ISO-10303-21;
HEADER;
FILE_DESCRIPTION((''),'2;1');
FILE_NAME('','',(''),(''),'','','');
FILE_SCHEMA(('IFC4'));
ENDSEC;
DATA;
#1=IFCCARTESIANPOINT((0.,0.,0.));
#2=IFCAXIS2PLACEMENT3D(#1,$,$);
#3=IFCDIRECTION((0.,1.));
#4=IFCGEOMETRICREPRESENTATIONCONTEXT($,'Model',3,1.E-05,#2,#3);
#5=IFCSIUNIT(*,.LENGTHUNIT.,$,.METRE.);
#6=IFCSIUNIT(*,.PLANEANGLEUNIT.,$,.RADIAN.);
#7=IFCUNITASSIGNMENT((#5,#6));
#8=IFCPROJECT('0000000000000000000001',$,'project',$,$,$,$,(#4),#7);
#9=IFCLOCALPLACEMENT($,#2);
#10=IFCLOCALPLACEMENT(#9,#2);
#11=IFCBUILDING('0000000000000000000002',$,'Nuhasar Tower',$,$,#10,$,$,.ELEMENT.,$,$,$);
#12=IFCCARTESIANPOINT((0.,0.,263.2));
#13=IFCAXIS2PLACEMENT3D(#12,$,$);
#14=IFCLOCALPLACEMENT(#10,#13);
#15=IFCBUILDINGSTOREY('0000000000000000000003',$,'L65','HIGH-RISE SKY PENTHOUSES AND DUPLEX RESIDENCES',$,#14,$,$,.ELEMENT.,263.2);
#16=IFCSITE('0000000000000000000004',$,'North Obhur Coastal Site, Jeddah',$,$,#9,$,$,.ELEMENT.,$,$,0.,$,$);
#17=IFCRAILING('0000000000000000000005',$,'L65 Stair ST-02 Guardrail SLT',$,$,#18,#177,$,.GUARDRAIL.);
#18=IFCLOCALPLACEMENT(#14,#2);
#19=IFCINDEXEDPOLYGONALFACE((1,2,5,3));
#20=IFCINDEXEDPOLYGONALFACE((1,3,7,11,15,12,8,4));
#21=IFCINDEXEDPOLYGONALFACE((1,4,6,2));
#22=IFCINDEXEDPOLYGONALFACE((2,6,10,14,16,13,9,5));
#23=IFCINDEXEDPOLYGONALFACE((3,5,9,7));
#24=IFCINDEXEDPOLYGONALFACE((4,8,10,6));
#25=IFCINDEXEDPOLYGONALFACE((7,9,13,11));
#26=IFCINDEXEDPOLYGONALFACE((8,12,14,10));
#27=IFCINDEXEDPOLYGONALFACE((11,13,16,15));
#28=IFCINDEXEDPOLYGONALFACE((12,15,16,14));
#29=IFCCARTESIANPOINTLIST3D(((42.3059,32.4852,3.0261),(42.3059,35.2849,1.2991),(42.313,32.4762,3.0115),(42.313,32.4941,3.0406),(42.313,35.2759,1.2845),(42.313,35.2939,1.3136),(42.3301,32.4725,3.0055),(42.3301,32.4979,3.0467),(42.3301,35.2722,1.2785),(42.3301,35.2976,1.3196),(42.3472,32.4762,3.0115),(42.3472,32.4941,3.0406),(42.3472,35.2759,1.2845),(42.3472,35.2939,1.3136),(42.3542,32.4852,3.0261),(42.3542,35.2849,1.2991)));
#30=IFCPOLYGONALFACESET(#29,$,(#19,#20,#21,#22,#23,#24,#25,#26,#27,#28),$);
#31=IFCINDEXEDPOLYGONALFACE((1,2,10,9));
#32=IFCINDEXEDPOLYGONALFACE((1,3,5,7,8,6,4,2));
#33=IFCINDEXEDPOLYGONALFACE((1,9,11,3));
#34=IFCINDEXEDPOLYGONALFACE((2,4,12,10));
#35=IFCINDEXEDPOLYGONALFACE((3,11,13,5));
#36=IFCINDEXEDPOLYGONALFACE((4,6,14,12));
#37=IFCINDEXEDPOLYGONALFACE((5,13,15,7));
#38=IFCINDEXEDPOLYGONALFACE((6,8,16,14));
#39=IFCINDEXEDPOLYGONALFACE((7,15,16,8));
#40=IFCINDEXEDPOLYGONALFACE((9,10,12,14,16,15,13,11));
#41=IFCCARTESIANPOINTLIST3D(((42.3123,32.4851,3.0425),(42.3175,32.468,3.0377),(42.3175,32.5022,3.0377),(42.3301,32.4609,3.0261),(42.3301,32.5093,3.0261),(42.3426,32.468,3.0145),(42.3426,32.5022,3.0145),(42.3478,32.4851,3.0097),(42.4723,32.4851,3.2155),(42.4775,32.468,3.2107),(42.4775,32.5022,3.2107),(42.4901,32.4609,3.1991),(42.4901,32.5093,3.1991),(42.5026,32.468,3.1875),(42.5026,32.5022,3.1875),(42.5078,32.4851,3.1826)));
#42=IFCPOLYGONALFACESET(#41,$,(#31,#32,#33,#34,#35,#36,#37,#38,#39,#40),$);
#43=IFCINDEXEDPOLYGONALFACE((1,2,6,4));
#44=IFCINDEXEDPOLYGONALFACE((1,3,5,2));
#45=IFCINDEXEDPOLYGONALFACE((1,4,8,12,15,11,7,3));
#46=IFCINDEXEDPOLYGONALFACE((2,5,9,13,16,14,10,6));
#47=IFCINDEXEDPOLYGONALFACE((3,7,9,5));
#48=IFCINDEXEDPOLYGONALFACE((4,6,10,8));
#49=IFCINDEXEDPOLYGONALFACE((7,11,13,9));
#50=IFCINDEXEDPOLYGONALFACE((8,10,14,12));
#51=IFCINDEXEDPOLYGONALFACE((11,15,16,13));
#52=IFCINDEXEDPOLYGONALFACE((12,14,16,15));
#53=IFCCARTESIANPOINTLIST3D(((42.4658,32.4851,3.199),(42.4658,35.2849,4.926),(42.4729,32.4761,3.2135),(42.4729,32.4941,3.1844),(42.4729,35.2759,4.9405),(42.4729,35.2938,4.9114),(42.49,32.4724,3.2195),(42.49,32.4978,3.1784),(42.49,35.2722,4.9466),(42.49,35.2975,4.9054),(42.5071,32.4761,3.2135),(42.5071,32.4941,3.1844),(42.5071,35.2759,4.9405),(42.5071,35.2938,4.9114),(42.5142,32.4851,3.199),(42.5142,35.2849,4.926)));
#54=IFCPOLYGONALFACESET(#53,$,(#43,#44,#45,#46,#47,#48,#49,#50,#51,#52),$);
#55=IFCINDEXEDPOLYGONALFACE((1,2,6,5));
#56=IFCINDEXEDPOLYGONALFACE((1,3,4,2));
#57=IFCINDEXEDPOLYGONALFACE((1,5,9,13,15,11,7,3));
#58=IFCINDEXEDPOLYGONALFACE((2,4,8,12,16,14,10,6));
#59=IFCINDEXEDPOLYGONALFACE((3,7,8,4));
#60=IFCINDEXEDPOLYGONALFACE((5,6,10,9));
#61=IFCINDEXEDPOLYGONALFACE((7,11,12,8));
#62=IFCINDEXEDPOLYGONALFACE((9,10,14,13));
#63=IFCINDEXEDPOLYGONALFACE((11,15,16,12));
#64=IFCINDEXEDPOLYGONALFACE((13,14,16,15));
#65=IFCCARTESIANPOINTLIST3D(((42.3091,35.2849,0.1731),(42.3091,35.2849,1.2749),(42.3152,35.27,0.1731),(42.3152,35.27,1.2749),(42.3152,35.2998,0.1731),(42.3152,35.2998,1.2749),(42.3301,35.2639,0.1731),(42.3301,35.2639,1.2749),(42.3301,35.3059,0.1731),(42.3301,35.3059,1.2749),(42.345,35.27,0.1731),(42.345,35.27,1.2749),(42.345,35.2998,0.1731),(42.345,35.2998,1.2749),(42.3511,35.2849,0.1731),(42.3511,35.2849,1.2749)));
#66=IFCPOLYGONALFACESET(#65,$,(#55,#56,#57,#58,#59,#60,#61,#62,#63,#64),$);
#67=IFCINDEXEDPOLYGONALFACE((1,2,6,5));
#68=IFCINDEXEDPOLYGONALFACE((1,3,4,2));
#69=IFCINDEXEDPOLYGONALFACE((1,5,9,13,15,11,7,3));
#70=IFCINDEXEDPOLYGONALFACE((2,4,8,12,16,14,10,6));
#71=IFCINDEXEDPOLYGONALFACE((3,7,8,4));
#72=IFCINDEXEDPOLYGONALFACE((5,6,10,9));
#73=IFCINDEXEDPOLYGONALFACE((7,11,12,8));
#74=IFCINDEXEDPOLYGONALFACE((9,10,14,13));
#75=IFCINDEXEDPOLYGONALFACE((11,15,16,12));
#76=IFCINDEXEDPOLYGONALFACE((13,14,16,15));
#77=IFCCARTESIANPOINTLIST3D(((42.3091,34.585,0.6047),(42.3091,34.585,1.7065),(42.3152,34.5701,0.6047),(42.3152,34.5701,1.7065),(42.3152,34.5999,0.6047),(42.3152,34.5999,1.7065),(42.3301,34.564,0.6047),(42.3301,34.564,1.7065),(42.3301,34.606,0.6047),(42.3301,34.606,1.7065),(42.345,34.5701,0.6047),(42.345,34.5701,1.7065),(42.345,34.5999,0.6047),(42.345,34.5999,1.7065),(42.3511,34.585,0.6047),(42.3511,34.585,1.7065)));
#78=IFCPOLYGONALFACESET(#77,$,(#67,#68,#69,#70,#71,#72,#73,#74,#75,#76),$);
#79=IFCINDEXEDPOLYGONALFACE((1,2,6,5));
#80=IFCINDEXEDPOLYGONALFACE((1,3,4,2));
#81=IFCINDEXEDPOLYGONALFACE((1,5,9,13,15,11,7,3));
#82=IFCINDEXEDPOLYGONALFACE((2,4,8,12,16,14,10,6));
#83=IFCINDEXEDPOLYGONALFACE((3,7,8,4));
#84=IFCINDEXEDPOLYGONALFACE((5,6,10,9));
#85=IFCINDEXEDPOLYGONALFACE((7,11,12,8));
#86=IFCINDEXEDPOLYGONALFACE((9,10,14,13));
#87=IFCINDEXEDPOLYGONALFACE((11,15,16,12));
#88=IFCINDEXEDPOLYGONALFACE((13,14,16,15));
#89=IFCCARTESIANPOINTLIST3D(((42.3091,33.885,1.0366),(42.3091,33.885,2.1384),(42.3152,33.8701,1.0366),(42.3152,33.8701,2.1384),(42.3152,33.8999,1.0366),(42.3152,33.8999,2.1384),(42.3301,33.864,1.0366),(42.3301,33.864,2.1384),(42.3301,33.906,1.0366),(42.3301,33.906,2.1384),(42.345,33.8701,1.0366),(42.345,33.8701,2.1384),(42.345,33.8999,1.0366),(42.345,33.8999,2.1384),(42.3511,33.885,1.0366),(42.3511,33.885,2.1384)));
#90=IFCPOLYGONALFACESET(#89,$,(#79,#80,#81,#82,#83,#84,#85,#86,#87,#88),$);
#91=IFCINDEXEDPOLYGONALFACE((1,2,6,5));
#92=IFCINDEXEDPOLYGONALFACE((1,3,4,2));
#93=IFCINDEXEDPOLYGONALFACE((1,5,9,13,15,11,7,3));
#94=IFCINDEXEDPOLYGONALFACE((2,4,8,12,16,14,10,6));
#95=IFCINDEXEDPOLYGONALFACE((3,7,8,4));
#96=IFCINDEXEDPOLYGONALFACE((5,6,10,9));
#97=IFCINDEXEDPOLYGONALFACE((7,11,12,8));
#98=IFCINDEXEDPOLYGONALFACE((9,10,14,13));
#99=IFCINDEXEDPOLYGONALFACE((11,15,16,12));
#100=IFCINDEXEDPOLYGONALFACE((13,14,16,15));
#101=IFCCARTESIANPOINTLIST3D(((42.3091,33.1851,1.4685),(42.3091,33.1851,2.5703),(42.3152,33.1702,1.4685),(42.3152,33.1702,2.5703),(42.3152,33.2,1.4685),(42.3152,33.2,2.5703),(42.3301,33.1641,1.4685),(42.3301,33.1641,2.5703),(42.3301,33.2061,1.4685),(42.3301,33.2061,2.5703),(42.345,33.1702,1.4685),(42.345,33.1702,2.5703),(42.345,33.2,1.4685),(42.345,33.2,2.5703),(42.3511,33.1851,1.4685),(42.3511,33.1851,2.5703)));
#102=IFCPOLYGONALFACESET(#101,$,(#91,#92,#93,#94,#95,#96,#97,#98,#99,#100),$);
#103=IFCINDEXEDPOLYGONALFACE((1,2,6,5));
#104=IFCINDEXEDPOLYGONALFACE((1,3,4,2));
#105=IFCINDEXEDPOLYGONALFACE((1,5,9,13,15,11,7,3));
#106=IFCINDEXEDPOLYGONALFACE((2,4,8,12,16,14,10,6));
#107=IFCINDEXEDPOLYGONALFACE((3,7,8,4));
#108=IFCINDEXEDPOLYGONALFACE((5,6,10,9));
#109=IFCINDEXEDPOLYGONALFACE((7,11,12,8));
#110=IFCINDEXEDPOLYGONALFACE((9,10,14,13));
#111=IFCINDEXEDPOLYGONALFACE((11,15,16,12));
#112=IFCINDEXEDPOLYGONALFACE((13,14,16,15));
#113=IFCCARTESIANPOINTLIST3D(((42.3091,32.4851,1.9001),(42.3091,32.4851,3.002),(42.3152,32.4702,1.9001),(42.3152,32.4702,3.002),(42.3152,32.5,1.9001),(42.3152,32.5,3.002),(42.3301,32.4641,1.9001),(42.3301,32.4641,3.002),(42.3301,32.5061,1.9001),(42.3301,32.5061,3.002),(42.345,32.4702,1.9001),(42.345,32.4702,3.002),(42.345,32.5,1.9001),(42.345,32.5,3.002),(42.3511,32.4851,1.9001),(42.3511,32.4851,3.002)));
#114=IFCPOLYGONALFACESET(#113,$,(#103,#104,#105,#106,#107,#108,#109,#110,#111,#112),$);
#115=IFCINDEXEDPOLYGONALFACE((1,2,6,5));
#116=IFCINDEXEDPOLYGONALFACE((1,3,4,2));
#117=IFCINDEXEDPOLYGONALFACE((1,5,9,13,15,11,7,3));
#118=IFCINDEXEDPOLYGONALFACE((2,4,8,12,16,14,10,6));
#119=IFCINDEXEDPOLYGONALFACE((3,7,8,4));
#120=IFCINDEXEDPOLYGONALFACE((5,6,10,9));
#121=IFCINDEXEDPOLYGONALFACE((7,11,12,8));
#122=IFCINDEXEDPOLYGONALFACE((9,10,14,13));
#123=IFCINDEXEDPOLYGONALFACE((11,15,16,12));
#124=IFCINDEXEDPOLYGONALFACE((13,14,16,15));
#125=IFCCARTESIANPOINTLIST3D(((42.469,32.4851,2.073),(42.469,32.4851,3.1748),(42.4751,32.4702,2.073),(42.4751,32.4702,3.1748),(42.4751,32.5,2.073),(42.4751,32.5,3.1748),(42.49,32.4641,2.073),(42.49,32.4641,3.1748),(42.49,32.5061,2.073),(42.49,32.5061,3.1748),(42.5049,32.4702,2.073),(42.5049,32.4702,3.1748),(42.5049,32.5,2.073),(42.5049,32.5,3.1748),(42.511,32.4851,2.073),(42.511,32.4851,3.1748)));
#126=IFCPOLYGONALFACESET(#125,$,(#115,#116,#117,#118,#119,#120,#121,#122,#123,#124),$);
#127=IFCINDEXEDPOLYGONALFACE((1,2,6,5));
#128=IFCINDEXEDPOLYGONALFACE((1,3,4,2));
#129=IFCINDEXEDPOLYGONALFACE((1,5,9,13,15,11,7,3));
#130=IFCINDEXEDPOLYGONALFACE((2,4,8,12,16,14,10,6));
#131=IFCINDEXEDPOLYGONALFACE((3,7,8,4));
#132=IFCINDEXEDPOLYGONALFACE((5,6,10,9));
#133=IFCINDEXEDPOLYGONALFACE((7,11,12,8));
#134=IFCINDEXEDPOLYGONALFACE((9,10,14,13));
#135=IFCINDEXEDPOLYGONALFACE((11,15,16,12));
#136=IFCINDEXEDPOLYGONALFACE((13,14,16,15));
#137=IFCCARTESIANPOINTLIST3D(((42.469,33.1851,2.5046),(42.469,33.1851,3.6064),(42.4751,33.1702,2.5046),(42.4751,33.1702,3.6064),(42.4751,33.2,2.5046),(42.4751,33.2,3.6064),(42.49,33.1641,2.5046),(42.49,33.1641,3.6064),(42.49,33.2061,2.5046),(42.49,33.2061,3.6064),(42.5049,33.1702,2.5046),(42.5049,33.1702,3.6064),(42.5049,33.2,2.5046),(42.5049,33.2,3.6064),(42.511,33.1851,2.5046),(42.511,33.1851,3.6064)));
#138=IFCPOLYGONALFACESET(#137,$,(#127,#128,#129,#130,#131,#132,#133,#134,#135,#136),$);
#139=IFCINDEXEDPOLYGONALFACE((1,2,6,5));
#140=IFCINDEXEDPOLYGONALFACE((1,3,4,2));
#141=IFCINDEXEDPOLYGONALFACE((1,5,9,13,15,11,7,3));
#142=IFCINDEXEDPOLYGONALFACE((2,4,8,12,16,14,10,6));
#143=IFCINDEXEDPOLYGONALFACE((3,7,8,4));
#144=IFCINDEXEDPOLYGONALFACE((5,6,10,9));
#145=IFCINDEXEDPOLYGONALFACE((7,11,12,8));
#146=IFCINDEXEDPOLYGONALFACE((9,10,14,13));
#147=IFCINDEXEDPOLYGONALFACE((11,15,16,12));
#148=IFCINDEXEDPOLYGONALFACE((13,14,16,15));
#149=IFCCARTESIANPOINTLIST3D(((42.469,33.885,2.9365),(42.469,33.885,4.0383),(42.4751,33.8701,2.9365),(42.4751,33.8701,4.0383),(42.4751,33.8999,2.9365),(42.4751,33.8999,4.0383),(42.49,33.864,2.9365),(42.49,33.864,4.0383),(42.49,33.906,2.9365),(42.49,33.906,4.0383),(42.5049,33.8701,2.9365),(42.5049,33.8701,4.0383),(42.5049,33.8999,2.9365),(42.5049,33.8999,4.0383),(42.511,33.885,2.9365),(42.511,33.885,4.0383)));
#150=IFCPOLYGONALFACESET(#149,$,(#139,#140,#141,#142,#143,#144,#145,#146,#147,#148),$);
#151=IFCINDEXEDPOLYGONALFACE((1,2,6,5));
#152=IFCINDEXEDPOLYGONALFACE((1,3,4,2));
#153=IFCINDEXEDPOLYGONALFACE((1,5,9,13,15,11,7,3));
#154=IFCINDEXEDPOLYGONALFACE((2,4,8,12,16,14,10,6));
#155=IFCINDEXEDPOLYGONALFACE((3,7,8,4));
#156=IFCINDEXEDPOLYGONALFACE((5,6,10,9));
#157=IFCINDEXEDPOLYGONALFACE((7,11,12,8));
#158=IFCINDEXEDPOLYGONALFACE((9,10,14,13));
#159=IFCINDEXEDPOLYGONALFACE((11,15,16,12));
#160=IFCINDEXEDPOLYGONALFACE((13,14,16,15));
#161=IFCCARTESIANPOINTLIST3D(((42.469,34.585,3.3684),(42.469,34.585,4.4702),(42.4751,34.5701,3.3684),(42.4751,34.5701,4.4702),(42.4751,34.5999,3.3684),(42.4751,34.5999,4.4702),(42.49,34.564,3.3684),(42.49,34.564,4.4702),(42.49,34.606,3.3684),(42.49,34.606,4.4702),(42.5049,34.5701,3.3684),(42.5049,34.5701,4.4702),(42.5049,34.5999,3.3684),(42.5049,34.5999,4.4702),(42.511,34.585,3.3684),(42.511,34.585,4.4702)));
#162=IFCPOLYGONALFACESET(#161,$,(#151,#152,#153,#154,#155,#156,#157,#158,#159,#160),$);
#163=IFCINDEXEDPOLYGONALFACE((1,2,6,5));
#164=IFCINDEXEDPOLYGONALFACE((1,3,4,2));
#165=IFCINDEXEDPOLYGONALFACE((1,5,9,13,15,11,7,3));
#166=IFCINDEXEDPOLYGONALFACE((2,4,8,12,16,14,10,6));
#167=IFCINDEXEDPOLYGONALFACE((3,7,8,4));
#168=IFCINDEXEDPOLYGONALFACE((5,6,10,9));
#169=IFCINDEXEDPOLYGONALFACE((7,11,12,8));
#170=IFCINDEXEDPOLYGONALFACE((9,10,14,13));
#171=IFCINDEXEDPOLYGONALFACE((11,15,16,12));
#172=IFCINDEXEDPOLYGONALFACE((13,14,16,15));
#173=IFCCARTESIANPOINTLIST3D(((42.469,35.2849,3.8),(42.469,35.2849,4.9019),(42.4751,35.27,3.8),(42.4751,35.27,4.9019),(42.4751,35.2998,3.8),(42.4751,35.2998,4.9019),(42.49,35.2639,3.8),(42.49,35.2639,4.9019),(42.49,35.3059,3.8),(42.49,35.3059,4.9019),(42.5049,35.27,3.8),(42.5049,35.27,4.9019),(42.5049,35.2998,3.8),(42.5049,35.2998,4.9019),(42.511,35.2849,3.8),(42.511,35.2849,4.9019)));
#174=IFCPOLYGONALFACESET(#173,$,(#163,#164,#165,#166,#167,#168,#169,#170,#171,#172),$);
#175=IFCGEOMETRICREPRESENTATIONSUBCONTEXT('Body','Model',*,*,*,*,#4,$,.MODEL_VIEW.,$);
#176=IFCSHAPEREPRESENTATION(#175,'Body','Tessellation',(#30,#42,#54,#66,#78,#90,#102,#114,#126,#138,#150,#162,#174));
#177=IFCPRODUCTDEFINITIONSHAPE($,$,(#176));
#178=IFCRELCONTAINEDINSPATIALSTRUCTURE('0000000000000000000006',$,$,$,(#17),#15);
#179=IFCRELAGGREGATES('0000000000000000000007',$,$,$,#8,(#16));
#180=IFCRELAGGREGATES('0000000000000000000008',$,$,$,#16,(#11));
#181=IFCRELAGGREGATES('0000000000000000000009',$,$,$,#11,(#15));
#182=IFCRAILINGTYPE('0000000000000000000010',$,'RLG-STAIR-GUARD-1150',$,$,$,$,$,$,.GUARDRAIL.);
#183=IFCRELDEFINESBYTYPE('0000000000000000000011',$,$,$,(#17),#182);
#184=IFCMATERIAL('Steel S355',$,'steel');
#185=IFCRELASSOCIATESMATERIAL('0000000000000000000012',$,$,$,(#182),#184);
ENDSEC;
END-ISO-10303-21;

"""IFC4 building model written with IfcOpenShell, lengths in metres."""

from ifc_helpers import new_model, si_unit, direction, frame, origin, place, context, subcontext, project, spatial, polyline, outline, extrude, material, type_object, element, save


model = new_model("IFC4")

# Units and contexts
model_context = context("Model", 3, precision=1e-05, world=origin(), true_north=direction((0.0, 1.0)))
body_context = subcontext(model_context, "Body", "Model", "MODEL_VIEW")
ifc_project = project(units=[si_unit("LENGTHUNIT", "METRE"), si_unit("PLANEANGLEUNIT", "RADIAN")], contexts=[model_context])

# Site, building, storey
site_placement = place(None, origin())
site = spatial("IfcSite", under=ifc_project, at=site_placement, Name="North Obhur Coastal Site, Jeddah", CompositionType="ELEMENT", RefElevation=0.0)
building_placement = place(site_placement, origin())
building = spatial("IfcBuilding", under=site, at=building_placement, Name="Nuhasar Tower", CompositionType="ELEMENT")
storey_placement = place(building_placement, frame((0.0, 0.0, 263.2)))
storey = spatial("IfcBuildingStorey", under=building, at=storey_placement, Name="L65", Description="HIGH-RISE SKY PENTHOUSES AND DUPLEX RESIDENCES", CompositionType="ELEMENT", Elevation=263.2)

# Shared definitions
ifc_material_1 = material(Name="Steel S355", Category="steel")

# Railing
railing_type_1 = type_object("IfcRailingType", Name="RLG-STAIR-GUARD-1150", PredefinedType="GUARDRAIL", material=ifc_material_1)
railing_1_placement = place(storey_placement, frame((42.3301, 35.2849, 0.1731)))
element("IfcRailing", 1, at=railing_1_placement, inside=storey, type_object=railing_type_1, Name="L65 Stair ST-02 Guardrail SLT", PredefinedType="GUARDRAIL", context=body_context, shape_type="SweptSolid", body=[
    extrude(outline(polyline([(0.0242, 0.0), (0.0171, 0.0171), (0.0, 0.0242), (-0.0171, 0.0171), (-0.0242, 0.0), (-0.0171, -0.0171), (0.0, -0.0242), (0.0171, -0.0171), (0.0242, 0.0)])), frame((0.0, 0.0, 1.126), z_axis=(0.0, -0.851102, 0.525), x_axis=(1.0, 0.0, 0.0)), (0.0, 0.0, 1.0), 3.2896),
    extrude(outline(polyline([(0.0242, 0.0), (0.0171, 0.0171), (0.0, 0.0242), (-0.0171, 0.0171), (-0.0242, 0.0), (-0.0171, -0.0171), (0.0, -0.0242), (0.0171, -0.0171), (0.0242, 0.0)])), frame((0.0, -2.7998, 2.853), z_axis=(0.679098, 0.0, 0.734048), x_axis=(0.0, 1.0, 0.0)), (0.0, 0.0, 1.0), 0.2356),
    extrude(outline(polyline([(0.0242, 0.0), (0.0171, 0.0171), (0.0, 0.0242), (-0.0171, 0.0171), (-0.0242, 0.0), (-0.0171, -0.0171), (0.0, -0.0242), (0.0171, -0.0171), (0.0242, 0.0)])), frame((0.1599, -2.7998, 3.0259), z_axis=(0.0, 0.851102, 0.525), x_axis=(-1.0, 0.0, 0.0)), (0.0, 0.0, 1.0), 3.2896),
    extrude(outline(polyline([(0.021, 0.0), (0.0149, 0.0149), (0.0, 0.021), (-0.0149, 0.0149), (-0.021, 0.0), (-0.0149, -0.0149), (0.0, -0.021), (0.0149, -0.0149), (0.021, 0.0)])), origin(), (0.0, 0.0, 1.0), 1.1018),
    extrude(outline(polyline([(0.021, 0.0), (0.0149, 0.0149), (0.0, 0.021), (-0.0149, 0.0149), (-0.021, 0.0), (-0.0149, -0.0149), (0.0, -0.021), (0.0149, -0.0149), (0.021, 0.0)])), frame((0.0, -0.7, 0.4316)), (0.0, 0.0, 1.0), 1.1018),
    extrude(outline(polyline([(0.021, 0.0), (0.0149, 0.0149), (0.0, 0.021), (-0.0149, 0.0149), (-0.021, 0.0), (-0.0149, -0.0149), (0.0, -0.021), (0.0149, -0.0149), (0.021, 0.0)])), frame((0.0, -1.3999, 0.8635)), (0.0, 0.0, 1.0), 1.1018),
    extrude(outline(polyline([(0.021, 0.0), (0.0149, 0.0149), (0.0, 0.021), (-0.0149, 0.0149), (-0.021, 0.0), (-0.0149, -0.0149), (0.0, -0.021), (0.0149, -0.0149), (0.021, 0.0)])), frame((0.0, -2.0999, 1.2954)), (0.0, 0.0, 1.0), 1.1018),
    extrude(outline(polyline([(0.021, 0.0), (0.0149, 0.0149), (0.0, 0.021), (-0.0149, 0.0149), (-0.021, 0.0), (-0.0149, -0.0149), (0.0, -0.021), (0.0149, -0.0149), (0.021, 0.0)])), frame((0.0, -2.7998, 1.7271)), (0.0, 0.0, 1.0), 1.1018),
    extrude(outline(polyline([(0.021, 0.0), (0.0149, 0.0149), (0.0, 0.021), (-0.0149, 0.0149), (-0.021, 0.0), (-0.0149, -0.0149), (0.0, -0.021), (0.0149, -0.0149), (0.021, 0.0)])), frame((0.1599, -2.7998, 1.8999)), (0.0, 0.0, 1.0), 1.1018),
    extrude(outline(polyline([(0.021, 0.0), (0.0149, 0.0149), (0.0, 0.021), (-0.0149, 0.0149), (-0.021, 0.0), (-0.0149, -0.0149), (0.0, -0.021), (0.0149, -0.0149), (0.021, 0.0)])), frame((0.1599, -2.0999, 2.3315)), (0.0, 0.0, 1.0), 1.1018),
    extrude(outline(polyline([(0.021, 0.0), (0.0149, 0.0149), (0.0, 0.021), (-0.0149, 0.0149), (-0.021, 0.0), (-0.0149, -0.0149), (0.0, -0.021), (0.0149, -0.0149), (0.021, 0.0)])), frame((0.1599, -1.3999, 2.7634)), (0.0, 0.0, 1.0), 1.1018),
    extrude(outline(polyline([(0.021, 0.0), (0.0149, 0.0149), (0.0, 0.021), (-0.0149, 0.0149), (-0.021, 0.0), (-0.0149, -0.0149), (0.0, -0.021), (0.0149, -0.0149), (0.021, 0.0)])), frame((0.1599, -0.7, 3.1953)), (0.0, 0.0, 1.0), 1.1018),
    extrude(outline(polyline([(0.021, 0.0), (0.0149, 0.0149), (0.0, 0.021), (-0.0149, 0.0149), (-0.021, 0.0), (-0.0149, -0.0149), (0.0, -0.021), (0.0149, -0.0149), (0.021, 0.0)])), frame((0.1599, 0.0, 3.627)), (0.0, 0.0, 1.0), 1.1018),
])

save(model, "model.ifc")
